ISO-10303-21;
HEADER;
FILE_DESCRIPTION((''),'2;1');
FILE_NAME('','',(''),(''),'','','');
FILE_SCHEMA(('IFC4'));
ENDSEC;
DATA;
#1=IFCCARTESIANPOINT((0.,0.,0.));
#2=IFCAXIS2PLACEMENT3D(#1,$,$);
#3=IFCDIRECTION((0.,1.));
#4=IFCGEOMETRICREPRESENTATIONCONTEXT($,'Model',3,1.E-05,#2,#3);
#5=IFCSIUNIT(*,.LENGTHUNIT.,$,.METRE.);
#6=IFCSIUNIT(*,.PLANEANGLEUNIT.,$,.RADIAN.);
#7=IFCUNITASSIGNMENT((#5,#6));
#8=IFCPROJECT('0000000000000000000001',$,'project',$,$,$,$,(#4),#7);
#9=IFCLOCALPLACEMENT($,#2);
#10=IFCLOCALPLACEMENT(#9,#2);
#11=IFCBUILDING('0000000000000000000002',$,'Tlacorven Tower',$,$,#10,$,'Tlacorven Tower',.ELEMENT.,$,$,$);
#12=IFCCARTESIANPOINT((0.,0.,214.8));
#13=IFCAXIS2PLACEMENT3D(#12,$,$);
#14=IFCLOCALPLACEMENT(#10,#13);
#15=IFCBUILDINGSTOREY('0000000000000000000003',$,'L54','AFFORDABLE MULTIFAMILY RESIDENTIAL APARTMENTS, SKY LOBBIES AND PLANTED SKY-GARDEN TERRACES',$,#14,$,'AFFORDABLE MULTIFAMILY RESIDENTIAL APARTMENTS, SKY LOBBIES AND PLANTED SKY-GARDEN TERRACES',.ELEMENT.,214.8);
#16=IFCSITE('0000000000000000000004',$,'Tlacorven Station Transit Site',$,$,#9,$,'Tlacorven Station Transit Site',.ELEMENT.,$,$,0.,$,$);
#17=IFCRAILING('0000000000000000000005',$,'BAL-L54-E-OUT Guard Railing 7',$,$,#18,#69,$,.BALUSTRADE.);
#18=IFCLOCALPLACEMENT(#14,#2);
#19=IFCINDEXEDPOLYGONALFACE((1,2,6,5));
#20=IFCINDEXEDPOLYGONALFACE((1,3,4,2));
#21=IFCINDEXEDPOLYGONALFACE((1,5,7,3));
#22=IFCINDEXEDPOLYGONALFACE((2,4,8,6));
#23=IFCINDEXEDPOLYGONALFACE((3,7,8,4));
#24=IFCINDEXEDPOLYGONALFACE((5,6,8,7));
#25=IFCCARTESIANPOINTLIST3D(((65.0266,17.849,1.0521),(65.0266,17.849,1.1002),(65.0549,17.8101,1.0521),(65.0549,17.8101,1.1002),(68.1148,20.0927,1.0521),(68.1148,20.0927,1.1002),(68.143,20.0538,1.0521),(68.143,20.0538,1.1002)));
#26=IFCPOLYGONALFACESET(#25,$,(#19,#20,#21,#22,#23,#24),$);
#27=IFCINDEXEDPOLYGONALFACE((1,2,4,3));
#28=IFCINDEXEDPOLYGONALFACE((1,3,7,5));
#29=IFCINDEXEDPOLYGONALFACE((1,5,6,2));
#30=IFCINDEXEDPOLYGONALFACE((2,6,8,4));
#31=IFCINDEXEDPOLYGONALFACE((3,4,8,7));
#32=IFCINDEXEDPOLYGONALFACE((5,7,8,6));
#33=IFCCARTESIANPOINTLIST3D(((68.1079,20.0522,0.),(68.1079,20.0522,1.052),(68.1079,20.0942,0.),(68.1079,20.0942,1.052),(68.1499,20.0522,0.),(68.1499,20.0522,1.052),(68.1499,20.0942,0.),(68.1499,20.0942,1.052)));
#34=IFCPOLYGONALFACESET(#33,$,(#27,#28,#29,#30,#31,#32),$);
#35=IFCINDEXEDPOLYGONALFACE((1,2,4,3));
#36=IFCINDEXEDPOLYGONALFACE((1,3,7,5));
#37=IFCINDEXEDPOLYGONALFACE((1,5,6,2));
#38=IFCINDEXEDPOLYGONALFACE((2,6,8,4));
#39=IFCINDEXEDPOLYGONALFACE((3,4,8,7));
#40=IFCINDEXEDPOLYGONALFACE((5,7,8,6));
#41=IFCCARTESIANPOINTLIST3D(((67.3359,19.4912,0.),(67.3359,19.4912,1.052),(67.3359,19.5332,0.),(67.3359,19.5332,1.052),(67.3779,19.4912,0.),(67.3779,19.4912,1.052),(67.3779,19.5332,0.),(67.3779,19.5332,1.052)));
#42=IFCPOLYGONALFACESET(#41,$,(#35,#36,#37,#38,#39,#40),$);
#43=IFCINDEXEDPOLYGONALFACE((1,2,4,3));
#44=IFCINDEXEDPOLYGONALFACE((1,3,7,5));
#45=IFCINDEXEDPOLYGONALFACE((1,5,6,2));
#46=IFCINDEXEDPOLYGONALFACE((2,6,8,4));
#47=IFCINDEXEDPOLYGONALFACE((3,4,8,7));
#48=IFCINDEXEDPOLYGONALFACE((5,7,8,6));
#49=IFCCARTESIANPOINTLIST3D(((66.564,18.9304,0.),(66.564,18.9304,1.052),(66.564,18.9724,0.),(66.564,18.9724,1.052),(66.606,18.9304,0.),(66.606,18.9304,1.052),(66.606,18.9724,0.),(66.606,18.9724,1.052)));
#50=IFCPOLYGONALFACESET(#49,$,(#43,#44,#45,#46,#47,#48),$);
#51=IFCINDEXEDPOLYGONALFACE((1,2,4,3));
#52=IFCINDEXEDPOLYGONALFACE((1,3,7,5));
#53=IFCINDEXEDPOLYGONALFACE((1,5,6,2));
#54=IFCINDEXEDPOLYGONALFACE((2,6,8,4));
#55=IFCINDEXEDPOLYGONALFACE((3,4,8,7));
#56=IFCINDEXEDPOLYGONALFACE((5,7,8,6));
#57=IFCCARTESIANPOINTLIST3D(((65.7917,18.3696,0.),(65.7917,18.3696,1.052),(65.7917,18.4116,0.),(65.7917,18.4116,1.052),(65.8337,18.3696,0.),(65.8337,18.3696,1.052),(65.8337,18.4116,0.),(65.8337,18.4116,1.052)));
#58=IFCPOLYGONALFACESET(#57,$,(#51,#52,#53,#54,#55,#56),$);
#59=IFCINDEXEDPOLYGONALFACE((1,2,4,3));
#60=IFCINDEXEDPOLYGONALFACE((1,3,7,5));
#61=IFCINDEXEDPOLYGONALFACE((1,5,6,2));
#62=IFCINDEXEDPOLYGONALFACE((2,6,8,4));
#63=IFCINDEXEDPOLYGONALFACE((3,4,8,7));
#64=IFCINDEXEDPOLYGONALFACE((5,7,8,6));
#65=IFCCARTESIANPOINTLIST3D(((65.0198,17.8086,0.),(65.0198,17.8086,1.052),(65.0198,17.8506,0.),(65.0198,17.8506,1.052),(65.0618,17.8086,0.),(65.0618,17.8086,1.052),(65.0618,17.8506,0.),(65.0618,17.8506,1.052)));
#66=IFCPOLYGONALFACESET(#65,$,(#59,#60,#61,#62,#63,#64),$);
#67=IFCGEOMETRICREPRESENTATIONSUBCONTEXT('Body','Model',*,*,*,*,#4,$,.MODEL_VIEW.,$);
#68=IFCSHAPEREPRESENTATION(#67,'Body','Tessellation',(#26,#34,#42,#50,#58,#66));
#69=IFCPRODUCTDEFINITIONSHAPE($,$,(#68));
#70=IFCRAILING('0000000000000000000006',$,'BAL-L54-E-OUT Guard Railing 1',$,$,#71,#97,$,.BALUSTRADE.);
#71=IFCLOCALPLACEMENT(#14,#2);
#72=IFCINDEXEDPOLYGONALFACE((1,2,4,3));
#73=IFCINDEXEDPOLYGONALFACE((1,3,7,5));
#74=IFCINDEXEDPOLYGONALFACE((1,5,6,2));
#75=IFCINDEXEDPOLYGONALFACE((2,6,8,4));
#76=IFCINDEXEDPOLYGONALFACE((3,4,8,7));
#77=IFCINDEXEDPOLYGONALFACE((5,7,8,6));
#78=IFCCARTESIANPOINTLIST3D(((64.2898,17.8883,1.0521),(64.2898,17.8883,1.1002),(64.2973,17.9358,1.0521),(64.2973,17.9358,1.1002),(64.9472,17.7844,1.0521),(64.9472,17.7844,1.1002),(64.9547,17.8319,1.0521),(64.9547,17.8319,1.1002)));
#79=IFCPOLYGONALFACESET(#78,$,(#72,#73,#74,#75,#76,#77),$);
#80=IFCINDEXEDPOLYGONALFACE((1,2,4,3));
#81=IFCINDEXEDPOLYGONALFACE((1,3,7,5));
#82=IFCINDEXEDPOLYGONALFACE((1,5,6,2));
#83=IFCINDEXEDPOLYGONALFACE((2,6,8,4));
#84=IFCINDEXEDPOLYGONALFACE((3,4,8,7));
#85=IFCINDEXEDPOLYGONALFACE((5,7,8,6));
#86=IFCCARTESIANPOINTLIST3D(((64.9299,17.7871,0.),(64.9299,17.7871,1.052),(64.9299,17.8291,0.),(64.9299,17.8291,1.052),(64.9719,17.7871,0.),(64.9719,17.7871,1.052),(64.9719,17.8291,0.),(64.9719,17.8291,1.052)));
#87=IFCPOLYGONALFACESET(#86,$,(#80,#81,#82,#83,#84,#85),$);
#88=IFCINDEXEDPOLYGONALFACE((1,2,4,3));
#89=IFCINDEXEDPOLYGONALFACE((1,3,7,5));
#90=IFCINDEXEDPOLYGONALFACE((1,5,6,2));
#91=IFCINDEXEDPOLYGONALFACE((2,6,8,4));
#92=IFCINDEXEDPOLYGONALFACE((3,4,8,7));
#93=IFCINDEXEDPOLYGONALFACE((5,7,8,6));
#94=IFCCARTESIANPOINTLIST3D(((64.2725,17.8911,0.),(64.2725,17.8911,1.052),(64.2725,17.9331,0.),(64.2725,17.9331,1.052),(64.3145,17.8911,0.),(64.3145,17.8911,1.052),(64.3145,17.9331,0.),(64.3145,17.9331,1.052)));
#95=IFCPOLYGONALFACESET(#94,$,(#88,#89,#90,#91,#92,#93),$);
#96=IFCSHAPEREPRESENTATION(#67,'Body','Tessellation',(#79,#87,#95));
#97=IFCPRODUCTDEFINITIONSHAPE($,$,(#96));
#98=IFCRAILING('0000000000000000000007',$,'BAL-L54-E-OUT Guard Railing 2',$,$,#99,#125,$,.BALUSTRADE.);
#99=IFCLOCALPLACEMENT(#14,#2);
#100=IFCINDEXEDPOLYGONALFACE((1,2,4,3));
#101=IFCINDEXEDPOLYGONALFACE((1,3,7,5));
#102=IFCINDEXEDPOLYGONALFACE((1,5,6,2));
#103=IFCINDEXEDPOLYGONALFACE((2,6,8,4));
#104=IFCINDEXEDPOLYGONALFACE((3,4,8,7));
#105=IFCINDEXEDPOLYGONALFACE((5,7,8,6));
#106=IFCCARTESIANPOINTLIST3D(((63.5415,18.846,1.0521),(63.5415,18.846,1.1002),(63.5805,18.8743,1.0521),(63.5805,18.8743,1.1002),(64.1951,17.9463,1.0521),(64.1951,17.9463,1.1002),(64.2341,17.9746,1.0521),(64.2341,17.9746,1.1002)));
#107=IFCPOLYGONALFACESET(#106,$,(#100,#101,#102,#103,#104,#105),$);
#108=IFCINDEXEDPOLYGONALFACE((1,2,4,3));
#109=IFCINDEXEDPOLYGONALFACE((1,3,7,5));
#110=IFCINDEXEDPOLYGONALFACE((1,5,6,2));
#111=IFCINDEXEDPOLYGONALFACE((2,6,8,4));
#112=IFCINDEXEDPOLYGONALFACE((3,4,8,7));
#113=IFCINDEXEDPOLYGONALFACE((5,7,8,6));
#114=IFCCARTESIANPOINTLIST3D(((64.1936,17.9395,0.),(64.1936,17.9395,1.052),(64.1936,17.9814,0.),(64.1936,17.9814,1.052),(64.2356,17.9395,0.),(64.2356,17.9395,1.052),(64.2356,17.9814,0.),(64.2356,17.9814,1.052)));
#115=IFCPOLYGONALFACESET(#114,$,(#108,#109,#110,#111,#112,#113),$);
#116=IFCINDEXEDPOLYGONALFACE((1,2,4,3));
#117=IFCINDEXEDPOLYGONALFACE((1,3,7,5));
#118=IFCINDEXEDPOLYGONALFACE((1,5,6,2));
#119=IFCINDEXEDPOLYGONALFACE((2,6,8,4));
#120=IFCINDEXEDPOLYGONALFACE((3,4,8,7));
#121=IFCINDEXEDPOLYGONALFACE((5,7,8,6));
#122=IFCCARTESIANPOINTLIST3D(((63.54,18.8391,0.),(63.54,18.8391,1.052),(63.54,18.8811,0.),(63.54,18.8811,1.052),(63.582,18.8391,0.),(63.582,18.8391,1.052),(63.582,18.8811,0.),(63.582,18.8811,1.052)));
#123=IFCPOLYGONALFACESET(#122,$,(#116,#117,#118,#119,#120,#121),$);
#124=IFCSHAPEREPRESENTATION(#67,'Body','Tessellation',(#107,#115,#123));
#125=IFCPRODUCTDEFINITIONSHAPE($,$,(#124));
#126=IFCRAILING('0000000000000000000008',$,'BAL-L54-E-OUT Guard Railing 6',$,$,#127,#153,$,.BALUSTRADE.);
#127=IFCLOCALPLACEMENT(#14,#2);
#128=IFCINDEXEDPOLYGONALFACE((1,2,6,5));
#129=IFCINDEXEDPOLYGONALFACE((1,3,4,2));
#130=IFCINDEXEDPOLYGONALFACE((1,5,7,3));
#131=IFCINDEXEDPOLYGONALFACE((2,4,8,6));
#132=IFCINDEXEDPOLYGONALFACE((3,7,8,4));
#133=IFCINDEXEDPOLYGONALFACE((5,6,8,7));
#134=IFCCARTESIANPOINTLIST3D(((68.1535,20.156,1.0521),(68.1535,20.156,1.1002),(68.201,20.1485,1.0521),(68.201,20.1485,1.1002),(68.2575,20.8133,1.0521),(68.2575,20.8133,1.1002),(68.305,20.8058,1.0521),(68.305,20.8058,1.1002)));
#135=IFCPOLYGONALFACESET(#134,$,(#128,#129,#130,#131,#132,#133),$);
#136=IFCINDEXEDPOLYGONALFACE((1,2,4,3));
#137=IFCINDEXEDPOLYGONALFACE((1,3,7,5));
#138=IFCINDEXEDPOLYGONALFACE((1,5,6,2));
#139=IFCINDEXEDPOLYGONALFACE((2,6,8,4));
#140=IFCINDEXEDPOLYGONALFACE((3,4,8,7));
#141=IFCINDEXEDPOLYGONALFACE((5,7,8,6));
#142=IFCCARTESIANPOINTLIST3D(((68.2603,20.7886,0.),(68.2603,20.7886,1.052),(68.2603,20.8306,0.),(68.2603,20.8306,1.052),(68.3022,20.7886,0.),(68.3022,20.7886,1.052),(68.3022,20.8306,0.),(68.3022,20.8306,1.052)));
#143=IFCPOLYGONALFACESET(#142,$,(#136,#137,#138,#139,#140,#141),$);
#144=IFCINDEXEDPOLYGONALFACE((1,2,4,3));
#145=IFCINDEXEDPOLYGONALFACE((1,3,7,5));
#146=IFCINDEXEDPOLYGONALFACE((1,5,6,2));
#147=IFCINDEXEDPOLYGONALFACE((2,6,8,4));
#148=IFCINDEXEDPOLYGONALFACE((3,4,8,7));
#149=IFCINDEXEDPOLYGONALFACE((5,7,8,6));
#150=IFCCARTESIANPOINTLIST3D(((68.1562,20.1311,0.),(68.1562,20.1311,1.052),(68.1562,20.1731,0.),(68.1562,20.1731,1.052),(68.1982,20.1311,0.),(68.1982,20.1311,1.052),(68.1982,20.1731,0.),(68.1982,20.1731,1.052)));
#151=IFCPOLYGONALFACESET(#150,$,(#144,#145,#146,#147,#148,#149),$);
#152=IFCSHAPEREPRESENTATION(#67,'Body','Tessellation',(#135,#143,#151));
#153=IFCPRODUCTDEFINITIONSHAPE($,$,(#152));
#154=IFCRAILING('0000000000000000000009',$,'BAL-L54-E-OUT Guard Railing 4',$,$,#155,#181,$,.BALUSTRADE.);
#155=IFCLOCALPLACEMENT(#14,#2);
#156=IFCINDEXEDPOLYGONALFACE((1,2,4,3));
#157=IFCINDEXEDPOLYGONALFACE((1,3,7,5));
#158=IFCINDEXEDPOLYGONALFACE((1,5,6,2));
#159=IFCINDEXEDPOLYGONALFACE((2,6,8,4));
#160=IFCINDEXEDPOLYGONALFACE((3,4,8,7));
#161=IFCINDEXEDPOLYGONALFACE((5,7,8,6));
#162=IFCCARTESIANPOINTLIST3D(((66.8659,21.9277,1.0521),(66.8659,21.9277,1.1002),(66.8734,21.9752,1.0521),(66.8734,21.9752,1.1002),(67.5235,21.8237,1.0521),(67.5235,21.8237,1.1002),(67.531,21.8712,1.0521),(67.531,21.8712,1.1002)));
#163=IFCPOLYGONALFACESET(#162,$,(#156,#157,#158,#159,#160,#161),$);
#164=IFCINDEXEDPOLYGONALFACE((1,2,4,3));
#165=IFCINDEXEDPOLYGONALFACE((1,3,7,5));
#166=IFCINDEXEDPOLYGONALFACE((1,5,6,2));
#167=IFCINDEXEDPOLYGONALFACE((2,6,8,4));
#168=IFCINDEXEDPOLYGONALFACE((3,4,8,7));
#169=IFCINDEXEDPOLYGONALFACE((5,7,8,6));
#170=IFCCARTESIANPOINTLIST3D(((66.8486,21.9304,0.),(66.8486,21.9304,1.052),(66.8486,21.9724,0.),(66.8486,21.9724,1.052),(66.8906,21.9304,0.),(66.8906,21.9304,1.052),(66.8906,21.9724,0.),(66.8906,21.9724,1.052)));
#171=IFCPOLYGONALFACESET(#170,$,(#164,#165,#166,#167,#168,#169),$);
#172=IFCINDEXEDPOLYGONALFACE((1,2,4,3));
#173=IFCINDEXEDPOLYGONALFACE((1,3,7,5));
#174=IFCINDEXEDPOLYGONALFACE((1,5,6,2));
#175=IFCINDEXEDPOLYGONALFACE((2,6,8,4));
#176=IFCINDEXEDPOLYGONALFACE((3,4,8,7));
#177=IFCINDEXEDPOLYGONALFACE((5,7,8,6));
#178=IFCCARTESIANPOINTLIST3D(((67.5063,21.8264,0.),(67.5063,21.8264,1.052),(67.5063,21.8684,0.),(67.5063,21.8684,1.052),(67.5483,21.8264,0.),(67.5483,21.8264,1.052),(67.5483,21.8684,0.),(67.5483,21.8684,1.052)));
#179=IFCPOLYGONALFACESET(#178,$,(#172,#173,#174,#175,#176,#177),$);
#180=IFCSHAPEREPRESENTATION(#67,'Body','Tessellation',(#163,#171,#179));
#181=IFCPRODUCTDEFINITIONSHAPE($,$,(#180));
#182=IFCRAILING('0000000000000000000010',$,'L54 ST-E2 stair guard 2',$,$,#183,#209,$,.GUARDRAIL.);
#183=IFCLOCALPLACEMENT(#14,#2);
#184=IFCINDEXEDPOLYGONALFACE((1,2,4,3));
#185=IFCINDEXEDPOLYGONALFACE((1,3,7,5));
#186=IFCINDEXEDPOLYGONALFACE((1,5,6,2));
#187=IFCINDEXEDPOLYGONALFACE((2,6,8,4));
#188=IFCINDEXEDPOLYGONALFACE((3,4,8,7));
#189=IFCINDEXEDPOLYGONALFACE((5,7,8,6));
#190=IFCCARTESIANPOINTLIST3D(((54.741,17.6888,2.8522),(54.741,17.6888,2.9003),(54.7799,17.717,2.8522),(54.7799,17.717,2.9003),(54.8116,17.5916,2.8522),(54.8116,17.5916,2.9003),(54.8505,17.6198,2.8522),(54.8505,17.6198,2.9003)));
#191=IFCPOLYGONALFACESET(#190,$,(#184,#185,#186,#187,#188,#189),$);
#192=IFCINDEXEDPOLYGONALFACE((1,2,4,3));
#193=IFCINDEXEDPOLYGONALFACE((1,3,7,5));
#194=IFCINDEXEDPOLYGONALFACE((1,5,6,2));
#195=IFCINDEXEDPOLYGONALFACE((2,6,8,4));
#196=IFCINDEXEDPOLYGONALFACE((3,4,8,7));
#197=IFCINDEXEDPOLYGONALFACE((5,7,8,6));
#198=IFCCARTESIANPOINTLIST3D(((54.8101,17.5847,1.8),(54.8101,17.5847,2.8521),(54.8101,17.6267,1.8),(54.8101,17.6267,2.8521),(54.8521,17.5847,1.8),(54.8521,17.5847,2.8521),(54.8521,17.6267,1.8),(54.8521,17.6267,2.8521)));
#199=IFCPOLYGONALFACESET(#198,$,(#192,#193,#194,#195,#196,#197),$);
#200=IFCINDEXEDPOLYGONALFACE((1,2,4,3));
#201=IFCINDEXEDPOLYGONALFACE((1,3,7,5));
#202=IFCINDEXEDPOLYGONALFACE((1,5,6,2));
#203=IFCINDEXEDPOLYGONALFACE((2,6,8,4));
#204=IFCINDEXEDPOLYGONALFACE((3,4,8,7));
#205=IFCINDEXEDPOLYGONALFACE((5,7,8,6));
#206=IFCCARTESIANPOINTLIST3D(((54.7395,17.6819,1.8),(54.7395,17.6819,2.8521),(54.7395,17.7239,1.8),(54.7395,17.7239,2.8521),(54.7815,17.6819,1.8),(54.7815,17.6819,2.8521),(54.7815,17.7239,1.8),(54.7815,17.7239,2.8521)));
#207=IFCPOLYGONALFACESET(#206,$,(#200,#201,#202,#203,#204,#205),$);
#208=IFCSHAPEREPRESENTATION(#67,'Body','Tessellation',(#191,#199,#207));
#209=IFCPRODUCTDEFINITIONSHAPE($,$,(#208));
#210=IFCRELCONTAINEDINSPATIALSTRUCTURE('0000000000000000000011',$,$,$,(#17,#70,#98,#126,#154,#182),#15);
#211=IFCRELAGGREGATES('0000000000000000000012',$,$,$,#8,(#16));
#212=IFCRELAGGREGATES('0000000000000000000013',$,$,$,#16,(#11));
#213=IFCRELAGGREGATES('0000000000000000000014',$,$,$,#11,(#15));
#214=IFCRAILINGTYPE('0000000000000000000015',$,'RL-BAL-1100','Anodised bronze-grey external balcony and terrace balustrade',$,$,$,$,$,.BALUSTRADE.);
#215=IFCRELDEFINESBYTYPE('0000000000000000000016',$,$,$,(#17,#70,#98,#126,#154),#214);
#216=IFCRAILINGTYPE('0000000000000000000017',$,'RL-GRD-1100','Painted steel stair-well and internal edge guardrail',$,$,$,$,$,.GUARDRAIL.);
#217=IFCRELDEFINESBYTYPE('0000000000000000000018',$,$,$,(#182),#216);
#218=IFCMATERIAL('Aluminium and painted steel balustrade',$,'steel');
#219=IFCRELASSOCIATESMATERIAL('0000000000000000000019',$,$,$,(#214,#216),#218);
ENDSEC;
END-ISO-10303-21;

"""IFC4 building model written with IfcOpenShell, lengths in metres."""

from ifc_helpers import new_model, si_unit, direction, frame, origin, origin_2d, place, context, subcontext, project, spatial, rectangle, extrude, source, transform, mapped, material, type_object, element, save


model = new_model("IFC4")

# Units and contexts
model_context = context("Model", 3, precision=1e-05, world=origin(), true_north=direction((0.0, 1.0)))
body_context = subcontext(model_context, "Body", "Model", "MODEL_VIEW")
ifc_project = project(units=[si_unit("LENGTHUNIT", "METRE"), si_unit("PLANEANGLEUNIT", "RADIAN")], contexts=[model_context])

# Site, building, storey
site_placement = place(None, origin())
site = spatial("IfcSite", under=ifc_project, at=site_placement, Name="Tlacorven Station Transit Site", LongName="Tlacorven Station Transit Site", CompositionType="ELEMENT", RefElevation=0.0)
building_placement = place(site_placement, origin())
building = spatial("IfcBuilding", under=site, at=building_placement, Name="Tlacorven Tower", LongName="Tlacorven Tower", CompositionType="ELEMENT")
storey_placement = place(building_placement, frame((0.0, 0.0, 214.8)))
storey = spatial("IfcBuildingStorey", under=building, at=storey_placement, Name="L54", Description="AFFORDABLE MULTIFAMILY RESIDENTIAL APARTMENTS, SKY LOBBIES AND PLANTED SKY-GARDEN TERRACES", LongName="AFFORDABLE MULTIFAMILY RESIDENTIAL APARTMENTS, SKY LOBBIES AND PLANTED SKY-GARDEN TERRACES", CompositionType="ELEMENT", Elevation=214.8)

# Railings
ifc_material_1 = material(Name="Aluminium and painted steel balustrade", Category="steel")
railing_type_1 = type_object("IfcRailingType", Name="RL-BAL-1100", Description="Anodised bronze-grey external balcony and terrace balustrade", PredefinedType="BALUSTRADE", material=ifc_material_1)
shared_shape_1 = source(origin(), body_context, "Body", "SweptSolid", [
    extrude(rectangle(XDim=0.0481, YDim=0.0481, at=origin_2d()), frame((0.0, 0.0, 1.0762), z_axis=(-0.809018, -0.587784, 0.0), x_axis=(0.587784, -0.809018, 0.0)), (0.0, 0.0, 1.0), 3.8171),
    extrude(rectangle(XDim=0.042, YDim=0.042, at=origin_2d()), origin(), (0.0, 0.0, 1.0), 1.052),
    extrude(rectangle(XDim=0.042, YDim=0.042, at=origin_2d()), frame((-0.772, -0.561, 0.0)), (0.0, 0.0, 1.0), 1.052),
    extrude(rectangle(XDim=0.042, YDim=0.042, at=origin_2d()), frame((-1.5439, -1.1218, 0.0)), (0.0, 0.0, 1.0), 1.052),
    extrude(rectangle(XDim=0.042, YDim=0.042, at=origin_2d()), frame((-2.3162, -1.6826, 0.0)), (0.0, 0.0, 1.0), 1.052),
    extrude(rectangle(XDim=0.042, YDim=0.042, at=origin_2d()), frame((-3.0881, -2.2437, 0.0)), (0.0, 0.0, 1.0), 1.052),
])
railing_1_placement = place(storey_placement, frame((68.1289, 20.0732, 0.0)))
element("IfcRailing", 1, at=railing_1_placement, inside=storey, type_object=railing_type_1, Name="BAL-L54-E-OUT Guard Railing 7", PredefinedType="BALUSTRADE", context=body_context, shape_type="MappedRepresentation", body=[
    mapped(shared_shape_1, transform((0.0, 0.0, 0.0), scale=1.0)),
])
shared_shape_2 = source(origin(), body_context, "Body", "SweptSolid", [
    extrude(rectangle(XDim=0.0481, YDim=0.0481, at=origin_2d()), frame((0.0, 0.0, 1.0762), z_axis=(-0.987718, 0.156245, 0.0), x_axis=(-0.156245, -0.987718, 0.0)), (0.0, 0.0, 1.0), 0.6655),
    extrude(rectangle(XDim=0.042, YDim=0.042, at=origin_2d()), origin(), (0.0, 0.0, 1.0), 1.052),
    extrude(rectangle(XDim=0.042, YDim=0.042, at=origin_2d()), frame((-0.6575, 0.104, 0.0)), (0.0, 0.0, 1.0), 1.052),
])
railing_2_placement = place(storey_placement, frame((64.9509, 17.8081, 0.0)))
element("IfcRailing", 2, at=railing_2_placement, inside=storey, type_object=railing_type_1, Name="BAL-L54-E-OUT Guard Railing 1", PredefinedType="BALUSTRADE", context=body_context, shape_type="MappedRepresentation", body=[
    mapped(shared_shape_2, transform((0.0, 0.0, 0.0), scale=1.0)),
])
shared_shape_3 = source(origin(), body_context, "Body", "SweptSolid", [
    extrude(rectangle(XDim=0.0481, YDim=0.0481, at=origin_2d()), frame((0.0, 0.0, 1.0762), z_axis=(-0.587741, 0.809049, 0.0), x_axis=(-0.809049, -0.587741, 0.0)), (0.0, 0.0, 1.0), 1.1121),
    extrude(rectangle(XDim=0.042, YDim=0.042, at=origin_2d()), origin(), (0.0, 0.0, 1.0), 1.052),
    extrude(rectangle(XDim=0.042, YDim=0.042, at=origin_2d()), frame((-0.6536, 0.8997, 0.0)), (0.0, 0.0, 1.0), 1.052),
])
railing_3_placement = place(storey_placement, frame((64.2146, 17.9604, 0.0)))
element("IfcRailing", 3, at=railing_3_placement, inside=storey, type_object=railing_type_1, Name="BAL-L54-E-OUT Guard Railing 2", PredefinedType="BALUSTRADE", context=body_context, shape_type="MappedRepresentation", body=[
    mapped(shared_shape_3, transform((0.0, 0.0, 0.0), scale=1.0)),
])
shared_shape_4 = source(origin(), body_context, "Body", "SweptSolid", [
    extrude(rectangle(XDim=0.0481, YDim=0.0481, at=origin_2d()), frame((0.0, 0.0, 1.0762), z_axis=(-0.156245, -0.987718, 0.0), x_axis=(0.987718, -0.156245, 0.0)), (0.0, 0.0, 1.0), 0.6655),
    extrude(rectangle(XDim=0.042, YDim=0.042, at=origin_2d()), origin(), (0.0, 0.0, 1.0), 1.052),
    extrude(rectangle(XDim=0.042, YDim=0.042, at=origin_2d()), frame((-0.104, -0.6575, 0.0)), (0.0, 0.0, 1.0), 1.052),
])
railing_4_placement = place(storey_placement, frame((68.2812, 20.8096, 0.0)))
element("IfcRailing", 4, at=railing_4_placement, inside=storey, type_object=railing_type_1, Name="BAL-L54-E-OUT Guard Railing 6", PredefinedType="BALUSTRADE", context=body_context, shape_type="MappedRepresentation", body=[
    mapped(shared_shape_4, transform((0.0, 0.0, 0.0), scale=1.0)),
])
shared_shape_5 = source(origin(), body_context, "Body", "SweptSolid", [
    extrude(rectangle(XDim=0.0481, YDim=0.0481, at=origin_2d()), frame((0.0, 0.0, 1.0762), z_axis=(0.987727, -0.156188, 0.0), x_axis=(0.156188, 0.987727, 0.0)), (0.0, 0.0, 1.0), 0.6658),
    extrude(rectangle(XDim=0.042, YDim=0.042, at=origin_2d()), origin(), (0.0, 0.0, 1.0), 1.052),
    extrude(rectangle(XDim=0.042, YDim=0.042, at=origin_2d()), frame((0.6577, -0.104, 0.0)), (0.0, 0.0, 1.0), 1.052),
])
railing_5_placement = place(storey_placement, frame((66.8696, 21.9514, 0.0)))
element("IfcRailing", 5, at=railing_5_placement, inside=storey, type_object=railing_type_1, Name="BAL-L54-E-OUT Guard Railing 4", PredefinedType="BALUSTRADE", context=body_context, shape_type="MappedRepresentation", body=[
    mapped(shared_shape_5, transform((0.0, 0.0, 0.0), scale=1.0)),
])
railing_type_2 = type_object("IfcRailingType", Name="RL-GRD-1100", Description="Painted steel stair-well and internal edge guardrail", PredefinedType="GUARDRAIL", material=ifc_material_1)
shared_shape_6 = source(origin(), body_context, "Body", "SweptSolid", [
    extrude(rectangle(XDim=0.0481, YDim=0.0481, at=origin_2d()), frame((0.0, 0.0, 1.0762), z_axis=(-0.587567, 0.809175, 0.0), x_axis=(-0.809175, -0.587567, 0.0)), (0.0, 0.0, 1.0), 0.1201),
    extrude(rectangle(XDim=0.042, YDim=0.042, at=origin_2d()), origin(), (0.0, 0.0, 1.0), 1.052),
    extrude(rectangle(XDim=0.042, YDim=0.042, at=origin_2d()), frame((-0.0706, 0.0972, 0.0)), (0.0, 0.0, 1.0), 1.052),
])
railing_6_placement = place(storey_placement, frame((54.8311, 17.6057, 1.8)))
element("IfcRailing", 6, at=railing_6_placement, inside=storey, type_object=railing_type_2, Name="L54 ST-E2 stair guard 2", PredefinedType="GUARDRAIL", context=body_context, shape_type="MappedRepresentation", body=[
    mapped(shared_shape_6, transform((0.0, 0.0, 0.0), scale=1.0)),
])

save(model, "model.ifc")
